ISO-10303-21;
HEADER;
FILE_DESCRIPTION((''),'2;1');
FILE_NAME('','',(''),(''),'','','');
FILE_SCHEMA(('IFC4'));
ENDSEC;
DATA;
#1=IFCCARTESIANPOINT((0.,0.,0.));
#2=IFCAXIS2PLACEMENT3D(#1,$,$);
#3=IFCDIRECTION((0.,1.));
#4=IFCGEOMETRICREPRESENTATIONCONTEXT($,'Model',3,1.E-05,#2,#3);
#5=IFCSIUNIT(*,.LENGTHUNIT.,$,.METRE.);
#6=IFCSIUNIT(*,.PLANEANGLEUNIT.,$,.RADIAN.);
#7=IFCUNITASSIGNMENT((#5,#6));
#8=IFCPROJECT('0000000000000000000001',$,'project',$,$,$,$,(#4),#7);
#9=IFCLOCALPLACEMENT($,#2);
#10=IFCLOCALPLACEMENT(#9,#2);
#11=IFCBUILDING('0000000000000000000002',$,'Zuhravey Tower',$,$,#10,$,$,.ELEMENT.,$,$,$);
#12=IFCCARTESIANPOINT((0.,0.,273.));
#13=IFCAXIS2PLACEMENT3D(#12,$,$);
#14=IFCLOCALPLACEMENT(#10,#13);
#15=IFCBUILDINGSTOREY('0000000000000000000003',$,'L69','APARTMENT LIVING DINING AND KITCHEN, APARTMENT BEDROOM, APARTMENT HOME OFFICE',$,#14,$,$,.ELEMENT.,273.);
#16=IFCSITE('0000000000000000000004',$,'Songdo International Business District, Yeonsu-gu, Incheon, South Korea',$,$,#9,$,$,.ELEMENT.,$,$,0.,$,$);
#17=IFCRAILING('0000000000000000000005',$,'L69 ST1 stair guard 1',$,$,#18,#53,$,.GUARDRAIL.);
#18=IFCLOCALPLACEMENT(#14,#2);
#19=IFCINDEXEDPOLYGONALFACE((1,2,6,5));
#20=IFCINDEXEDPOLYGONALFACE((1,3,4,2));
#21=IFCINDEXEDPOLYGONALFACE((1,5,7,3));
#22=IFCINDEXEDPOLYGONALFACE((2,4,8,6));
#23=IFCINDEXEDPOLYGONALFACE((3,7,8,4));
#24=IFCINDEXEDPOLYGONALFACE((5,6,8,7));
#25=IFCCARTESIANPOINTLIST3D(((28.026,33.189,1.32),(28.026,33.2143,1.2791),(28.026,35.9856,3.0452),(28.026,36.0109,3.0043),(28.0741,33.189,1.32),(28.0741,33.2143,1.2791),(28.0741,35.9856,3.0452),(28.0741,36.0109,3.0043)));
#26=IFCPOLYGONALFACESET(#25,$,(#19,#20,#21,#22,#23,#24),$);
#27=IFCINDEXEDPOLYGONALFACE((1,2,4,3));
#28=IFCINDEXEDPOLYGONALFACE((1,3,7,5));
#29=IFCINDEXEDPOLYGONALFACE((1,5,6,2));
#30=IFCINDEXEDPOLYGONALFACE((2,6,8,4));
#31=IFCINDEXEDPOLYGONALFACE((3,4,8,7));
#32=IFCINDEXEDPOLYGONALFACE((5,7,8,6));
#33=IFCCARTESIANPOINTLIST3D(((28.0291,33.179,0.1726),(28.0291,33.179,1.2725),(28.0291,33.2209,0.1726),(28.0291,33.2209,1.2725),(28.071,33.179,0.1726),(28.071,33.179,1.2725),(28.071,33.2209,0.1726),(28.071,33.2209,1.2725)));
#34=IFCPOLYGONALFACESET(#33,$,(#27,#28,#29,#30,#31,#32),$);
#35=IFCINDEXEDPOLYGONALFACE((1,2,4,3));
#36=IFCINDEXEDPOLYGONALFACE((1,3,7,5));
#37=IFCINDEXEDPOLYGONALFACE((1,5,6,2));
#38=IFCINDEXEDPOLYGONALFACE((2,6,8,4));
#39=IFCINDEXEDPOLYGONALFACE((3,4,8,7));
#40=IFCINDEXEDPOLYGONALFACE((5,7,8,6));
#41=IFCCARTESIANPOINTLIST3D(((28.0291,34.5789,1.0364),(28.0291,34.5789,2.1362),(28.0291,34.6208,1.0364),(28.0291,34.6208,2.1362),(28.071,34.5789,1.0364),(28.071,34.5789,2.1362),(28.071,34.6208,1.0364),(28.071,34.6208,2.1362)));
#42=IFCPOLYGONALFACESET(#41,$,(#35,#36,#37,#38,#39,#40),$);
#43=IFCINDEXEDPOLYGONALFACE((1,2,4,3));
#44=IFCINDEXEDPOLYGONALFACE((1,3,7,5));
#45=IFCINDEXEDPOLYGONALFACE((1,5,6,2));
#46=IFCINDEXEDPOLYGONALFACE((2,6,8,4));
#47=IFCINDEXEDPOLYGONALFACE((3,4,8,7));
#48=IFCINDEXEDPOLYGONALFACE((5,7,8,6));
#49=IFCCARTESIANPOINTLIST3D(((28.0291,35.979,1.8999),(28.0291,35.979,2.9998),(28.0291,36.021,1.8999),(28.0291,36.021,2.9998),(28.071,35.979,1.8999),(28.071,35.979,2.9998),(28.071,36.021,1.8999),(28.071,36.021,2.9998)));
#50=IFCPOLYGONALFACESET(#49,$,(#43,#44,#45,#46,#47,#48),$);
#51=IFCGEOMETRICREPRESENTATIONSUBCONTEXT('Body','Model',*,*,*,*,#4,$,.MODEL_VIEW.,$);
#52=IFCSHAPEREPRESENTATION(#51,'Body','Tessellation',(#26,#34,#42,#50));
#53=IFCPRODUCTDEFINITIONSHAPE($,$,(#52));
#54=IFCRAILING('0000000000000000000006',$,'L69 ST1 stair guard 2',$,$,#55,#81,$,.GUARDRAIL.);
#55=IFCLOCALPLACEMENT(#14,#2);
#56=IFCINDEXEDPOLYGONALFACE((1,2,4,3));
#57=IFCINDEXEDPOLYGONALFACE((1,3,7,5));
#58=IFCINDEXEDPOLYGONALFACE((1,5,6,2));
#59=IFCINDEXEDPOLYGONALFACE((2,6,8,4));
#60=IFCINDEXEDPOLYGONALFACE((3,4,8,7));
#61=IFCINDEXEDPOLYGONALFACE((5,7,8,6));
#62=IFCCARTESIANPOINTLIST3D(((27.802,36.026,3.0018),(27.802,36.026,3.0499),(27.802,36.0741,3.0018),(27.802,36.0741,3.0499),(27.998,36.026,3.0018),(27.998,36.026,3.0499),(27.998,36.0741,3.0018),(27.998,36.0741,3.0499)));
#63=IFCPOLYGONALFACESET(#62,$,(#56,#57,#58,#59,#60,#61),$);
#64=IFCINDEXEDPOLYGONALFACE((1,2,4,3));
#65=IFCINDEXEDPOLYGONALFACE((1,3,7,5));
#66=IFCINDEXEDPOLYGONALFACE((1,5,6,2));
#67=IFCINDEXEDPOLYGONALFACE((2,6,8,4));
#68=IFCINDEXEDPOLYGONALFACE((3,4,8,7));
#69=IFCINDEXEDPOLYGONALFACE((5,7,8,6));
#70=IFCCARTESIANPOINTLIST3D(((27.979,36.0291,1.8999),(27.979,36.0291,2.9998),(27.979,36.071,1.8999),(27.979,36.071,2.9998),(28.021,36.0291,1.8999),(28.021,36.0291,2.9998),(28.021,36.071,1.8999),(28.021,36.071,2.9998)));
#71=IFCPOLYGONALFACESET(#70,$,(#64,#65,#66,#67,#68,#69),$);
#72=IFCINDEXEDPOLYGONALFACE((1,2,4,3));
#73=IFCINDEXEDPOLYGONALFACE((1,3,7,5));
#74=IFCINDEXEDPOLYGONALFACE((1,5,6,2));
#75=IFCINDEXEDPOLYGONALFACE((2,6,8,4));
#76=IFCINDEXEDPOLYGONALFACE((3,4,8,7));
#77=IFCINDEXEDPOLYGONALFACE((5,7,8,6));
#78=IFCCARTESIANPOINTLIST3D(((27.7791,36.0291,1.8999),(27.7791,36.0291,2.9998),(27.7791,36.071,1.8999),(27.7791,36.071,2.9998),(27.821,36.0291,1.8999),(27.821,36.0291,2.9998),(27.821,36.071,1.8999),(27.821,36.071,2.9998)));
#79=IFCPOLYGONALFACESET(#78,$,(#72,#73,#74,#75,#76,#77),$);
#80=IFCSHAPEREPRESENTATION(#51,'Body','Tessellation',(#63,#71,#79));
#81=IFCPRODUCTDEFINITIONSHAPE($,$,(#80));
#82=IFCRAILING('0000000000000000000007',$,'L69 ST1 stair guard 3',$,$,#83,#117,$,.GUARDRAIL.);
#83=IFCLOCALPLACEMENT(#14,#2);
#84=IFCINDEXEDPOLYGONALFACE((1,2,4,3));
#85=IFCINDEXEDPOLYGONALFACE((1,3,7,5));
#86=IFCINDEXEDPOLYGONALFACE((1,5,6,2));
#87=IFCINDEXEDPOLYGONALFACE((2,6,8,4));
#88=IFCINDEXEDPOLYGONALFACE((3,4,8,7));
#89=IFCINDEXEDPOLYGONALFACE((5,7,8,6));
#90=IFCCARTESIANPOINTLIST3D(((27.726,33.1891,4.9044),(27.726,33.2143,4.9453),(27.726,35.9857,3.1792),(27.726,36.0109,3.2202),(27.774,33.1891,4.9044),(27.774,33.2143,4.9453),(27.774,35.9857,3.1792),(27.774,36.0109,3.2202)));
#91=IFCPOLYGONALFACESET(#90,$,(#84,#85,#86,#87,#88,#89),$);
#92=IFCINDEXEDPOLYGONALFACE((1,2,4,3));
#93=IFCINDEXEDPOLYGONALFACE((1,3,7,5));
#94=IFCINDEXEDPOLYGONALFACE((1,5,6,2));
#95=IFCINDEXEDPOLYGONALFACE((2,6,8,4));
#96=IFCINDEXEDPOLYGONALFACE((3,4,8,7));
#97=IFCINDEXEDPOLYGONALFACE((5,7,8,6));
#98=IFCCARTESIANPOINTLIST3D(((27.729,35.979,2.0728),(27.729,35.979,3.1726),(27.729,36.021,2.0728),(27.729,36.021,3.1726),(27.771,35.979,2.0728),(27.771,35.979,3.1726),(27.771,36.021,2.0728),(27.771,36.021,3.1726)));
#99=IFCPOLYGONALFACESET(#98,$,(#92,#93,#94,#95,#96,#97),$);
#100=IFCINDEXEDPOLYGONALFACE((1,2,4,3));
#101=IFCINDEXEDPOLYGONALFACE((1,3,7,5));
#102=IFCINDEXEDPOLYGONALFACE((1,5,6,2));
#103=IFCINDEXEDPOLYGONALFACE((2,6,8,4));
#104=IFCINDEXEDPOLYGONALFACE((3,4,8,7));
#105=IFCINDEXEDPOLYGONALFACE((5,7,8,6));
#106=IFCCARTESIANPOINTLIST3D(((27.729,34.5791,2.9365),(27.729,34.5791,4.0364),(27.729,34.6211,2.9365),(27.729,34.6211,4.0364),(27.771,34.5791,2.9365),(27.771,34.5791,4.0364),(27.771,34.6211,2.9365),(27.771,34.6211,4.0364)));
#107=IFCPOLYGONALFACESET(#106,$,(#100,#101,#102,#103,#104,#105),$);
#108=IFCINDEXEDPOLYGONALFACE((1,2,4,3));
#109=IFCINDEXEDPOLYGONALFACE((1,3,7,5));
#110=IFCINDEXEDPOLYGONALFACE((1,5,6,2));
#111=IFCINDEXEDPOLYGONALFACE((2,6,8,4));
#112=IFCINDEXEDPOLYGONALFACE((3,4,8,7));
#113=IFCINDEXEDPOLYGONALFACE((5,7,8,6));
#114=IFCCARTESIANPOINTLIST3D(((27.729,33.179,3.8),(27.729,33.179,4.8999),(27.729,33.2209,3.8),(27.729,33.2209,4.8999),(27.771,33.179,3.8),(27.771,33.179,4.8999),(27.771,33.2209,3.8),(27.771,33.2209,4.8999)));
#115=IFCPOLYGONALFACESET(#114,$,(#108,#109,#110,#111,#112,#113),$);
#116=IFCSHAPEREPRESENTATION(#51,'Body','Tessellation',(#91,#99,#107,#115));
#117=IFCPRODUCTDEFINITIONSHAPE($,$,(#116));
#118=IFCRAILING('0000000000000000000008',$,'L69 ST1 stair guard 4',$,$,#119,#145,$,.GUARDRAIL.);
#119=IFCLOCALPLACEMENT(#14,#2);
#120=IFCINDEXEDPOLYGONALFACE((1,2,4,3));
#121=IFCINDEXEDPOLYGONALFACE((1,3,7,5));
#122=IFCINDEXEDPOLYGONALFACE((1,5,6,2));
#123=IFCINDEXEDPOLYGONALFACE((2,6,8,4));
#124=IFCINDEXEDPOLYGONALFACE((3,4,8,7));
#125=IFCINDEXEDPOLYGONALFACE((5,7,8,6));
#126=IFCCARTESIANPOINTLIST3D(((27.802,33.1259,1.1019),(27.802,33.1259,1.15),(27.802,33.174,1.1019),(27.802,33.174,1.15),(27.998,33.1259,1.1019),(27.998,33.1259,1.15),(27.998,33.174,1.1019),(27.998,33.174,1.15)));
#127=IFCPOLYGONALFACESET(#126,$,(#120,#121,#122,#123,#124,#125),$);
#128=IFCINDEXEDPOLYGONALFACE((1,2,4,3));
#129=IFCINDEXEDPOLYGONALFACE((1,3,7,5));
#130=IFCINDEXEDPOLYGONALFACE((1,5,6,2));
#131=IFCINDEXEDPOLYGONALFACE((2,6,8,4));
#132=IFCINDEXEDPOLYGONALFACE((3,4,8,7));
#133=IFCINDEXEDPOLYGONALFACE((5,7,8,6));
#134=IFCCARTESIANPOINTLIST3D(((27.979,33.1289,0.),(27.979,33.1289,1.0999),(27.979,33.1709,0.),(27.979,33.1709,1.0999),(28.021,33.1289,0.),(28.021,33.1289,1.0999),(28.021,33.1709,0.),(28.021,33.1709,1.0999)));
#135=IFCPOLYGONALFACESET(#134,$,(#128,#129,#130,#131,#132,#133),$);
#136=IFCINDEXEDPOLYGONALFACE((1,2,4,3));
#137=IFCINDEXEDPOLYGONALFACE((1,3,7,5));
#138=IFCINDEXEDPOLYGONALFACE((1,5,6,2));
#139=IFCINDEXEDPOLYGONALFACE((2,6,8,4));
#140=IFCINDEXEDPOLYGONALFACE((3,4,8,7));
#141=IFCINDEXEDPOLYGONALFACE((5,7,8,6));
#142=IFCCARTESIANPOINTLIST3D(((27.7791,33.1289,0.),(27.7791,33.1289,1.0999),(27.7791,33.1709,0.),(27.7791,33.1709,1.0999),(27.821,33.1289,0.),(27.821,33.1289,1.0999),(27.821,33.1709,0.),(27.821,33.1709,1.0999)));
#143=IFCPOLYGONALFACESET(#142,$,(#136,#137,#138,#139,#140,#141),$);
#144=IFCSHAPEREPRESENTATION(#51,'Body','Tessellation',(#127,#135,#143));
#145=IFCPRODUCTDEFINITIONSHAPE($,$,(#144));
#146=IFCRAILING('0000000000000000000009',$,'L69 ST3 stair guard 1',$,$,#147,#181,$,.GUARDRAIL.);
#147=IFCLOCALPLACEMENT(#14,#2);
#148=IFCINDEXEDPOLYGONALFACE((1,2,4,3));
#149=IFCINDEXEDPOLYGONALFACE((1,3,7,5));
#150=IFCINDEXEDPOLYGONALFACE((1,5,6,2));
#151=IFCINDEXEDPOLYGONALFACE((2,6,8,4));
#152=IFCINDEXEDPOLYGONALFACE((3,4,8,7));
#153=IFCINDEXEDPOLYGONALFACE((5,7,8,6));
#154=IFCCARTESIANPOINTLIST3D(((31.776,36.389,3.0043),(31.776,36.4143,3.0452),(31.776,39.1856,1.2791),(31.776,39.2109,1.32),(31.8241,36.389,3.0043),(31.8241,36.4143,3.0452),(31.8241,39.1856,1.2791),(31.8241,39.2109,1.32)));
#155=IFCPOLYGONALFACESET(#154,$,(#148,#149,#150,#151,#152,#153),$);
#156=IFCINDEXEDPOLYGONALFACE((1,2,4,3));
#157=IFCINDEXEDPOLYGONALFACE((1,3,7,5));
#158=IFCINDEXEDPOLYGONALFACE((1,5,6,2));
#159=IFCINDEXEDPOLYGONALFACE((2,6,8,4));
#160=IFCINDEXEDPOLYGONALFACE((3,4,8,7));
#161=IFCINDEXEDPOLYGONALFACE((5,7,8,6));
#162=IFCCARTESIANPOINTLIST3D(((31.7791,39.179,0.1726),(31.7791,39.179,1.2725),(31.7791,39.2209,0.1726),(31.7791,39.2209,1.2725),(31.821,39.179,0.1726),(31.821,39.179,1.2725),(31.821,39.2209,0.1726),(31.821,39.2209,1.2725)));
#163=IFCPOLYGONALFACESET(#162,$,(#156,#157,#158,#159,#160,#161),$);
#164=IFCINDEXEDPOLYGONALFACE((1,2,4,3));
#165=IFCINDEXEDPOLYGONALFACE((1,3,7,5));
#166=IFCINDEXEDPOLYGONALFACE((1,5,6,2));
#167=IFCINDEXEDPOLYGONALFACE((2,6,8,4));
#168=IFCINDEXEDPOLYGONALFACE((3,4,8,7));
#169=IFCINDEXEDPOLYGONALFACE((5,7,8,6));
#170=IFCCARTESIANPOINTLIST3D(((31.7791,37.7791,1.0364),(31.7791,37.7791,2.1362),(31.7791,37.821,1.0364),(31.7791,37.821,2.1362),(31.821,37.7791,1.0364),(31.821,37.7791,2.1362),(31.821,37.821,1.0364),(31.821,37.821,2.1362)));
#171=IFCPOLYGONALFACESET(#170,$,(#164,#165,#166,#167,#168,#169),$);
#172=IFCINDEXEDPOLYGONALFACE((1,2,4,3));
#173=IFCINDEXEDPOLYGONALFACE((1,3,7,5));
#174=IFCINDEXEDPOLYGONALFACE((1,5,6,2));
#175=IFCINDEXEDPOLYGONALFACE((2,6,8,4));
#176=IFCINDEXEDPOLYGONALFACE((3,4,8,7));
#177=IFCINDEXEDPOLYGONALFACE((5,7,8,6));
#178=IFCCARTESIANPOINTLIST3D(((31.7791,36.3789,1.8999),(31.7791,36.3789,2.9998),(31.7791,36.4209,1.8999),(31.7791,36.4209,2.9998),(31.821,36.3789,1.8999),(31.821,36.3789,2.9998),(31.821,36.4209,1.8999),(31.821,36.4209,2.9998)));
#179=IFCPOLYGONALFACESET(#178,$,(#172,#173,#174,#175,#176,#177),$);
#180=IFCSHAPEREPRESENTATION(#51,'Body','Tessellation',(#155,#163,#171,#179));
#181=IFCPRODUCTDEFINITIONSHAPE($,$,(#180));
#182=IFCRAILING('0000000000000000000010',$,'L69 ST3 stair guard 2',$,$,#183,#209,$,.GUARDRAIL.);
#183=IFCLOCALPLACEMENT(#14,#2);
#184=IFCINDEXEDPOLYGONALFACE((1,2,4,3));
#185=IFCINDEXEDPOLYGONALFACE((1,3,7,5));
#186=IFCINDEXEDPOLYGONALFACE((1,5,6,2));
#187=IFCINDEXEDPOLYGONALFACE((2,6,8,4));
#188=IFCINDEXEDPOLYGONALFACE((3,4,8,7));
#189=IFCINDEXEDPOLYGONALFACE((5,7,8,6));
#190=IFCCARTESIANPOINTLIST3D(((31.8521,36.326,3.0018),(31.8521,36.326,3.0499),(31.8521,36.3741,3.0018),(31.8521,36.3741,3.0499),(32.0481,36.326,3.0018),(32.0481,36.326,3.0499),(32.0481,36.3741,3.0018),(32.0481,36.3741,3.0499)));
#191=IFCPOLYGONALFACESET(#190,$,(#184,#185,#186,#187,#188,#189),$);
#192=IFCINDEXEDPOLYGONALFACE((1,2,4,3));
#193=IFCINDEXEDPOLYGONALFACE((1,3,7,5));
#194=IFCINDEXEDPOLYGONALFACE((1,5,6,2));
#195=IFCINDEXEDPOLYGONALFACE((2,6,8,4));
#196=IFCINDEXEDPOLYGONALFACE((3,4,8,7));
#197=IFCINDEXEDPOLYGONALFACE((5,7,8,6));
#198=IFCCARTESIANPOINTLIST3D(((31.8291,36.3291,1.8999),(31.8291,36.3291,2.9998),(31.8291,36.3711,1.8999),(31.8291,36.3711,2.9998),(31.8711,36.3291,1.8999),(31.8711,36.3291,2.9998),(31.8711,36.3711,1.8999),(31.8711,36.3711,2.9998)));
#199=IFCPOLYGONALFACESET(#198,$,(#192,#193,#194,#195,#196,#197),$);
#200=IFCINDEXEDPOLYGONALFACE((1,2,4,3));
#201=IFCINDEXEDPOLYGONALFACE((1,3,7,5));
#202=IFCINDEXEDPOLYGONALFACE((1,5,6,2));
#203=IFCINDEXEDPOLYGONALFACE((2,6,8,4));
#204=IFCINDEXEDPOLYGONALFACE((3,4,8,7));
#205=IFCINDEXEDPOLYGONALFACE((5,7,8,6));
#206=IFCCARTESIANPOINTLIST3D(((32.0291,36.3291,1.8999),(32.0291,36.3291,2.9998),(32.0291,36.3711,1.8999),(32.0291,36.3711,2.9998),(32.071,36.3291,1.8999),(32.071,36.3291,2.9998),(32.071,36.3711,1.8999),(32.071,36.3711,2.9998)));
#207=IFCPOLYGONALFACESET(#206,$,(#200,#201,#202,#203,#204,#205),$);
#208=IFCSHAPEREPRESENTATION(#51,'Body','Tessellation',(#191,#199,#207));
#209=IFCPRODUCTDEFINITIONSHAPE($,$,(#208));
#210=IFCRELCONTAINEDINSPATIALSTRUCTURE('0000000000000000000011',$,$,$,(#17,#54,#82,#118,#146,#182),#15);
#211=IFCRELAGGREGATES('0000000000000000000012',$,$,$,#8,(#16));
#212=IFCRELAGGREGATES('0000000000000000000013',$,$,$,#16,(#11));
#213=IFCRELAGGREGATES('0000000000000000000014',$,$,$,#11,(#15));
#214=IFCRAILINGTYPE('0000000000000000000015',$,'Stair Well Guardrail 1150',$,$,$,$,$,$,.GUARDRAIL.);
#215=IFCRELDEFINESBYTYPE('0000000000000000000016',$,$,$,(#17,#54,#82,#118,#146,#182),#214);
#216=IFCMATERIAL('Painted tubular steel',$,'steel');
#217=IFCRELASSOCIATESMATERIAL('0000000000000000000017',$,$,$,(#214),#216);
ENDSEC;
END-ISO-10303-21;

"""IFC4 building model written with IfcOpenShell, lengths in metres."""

from ifc_helpers import new_model, si_unit, direction, frame, origin, origin_2d, place, context, subcontext, project, spatial, rectangle, extrude, material, type_object, element, save


model = new_model("IFC4")

# Units and contexts
model_context = context("Model", 3, precision=1e-05, world=origin(), true_north=direction((0.0, 1.0)))
body_context = subcontext(model_context, "Body", "Model", "MODEL_VIEW")
ifc_project = project(units=[si_unit("LENGTHUNIT", "METRE"), si_unit("PLANEANGLEUNIT", "RADIAN")], contexts=[model_context])

# Site, building, storey
site_placement = place(None, origin())
site = spatial("IfcSite", under=ifc_project, at=site_placement, Name="Songdo International Business District, Yeonsu-gu, Incheon, South Korea", CompositionType="ELEMENT", RefElevation=0.0)
building_placement = place(site_placement, origin())
building = spatial("IfcBuilding", under=site, at=building_placement, Name="Zuhravey Tower", CompositionType="ELEMENT")
storey_placement = place(building_placement, frame((0.0, 0.0, 273.0)))
storey = spatial("IfcBuildingStorey", under=building, at=storey_placement, Name="L69", Description="APARTMENT LIVING DINING AND KITCHEN, APARTMENT BEDROOM, APARTMENT HOME OFFICE", CompositionType="ELEMENT", Elevation=273.0)

# Railings
ifc_material_1 = material(Name="Painted tubular steel", Category="steel")
railing_type_1 = type_object("IfcRailingType", Name="Stair Well Guardrail 1150", PredefinedType="GUARDRAIL", material=ifc_material_1)
railing_1_placement = place(storey_placement, frame((28.05, 33.2, 0.1726)))
element("IfcRailing", 1, at=railing_1_placement, inside=storey, type_object=railing_type_1, Name="L69 ST1 stair guard 1", PredefinedType="GUARDRAIL", context=body_context, shape_type="SweptSolid", body=[
    extrude(rectangle(XDim=0.0481, YDim=0.0481, at=origin_2d()), frame((0.0, 0.0017, 1.127), z_axis=(0.0, 0.85109, 0.52502), x_axis=(-1.0, 0.0, 0.0)), (0.0, 0.0, 1.0), 3.2859),
    extrude(rectangle(XDim=0.042, YDim=0.042, at=origin_2d()), origin(), (0.0, 0.0, 1.0), 1.0999),
    extrude(rectangle(XDim=0.042, YDim=0.042, at=origin_2d()), frame((0.0, 1.3999, 0.8638)), (0.0, 0.0, 1.0), 1.0999),
    extrude(rectangle(XDim=0.042, YDim=0.042, at=origin_2d()), frame((0.0, 2.8, 1.7273)), (0.0, 0.0, 1.0), 1.0999),
])
railing_2_placement = place(storey_placement, frame((28.0, 36.05, 1.8999)))
element("IfcRailing", 2, at=railing_2_placement, inside=storey, type_object=railing_type_1, Name="L69 ST1 stair guard 2", PredefinedType="GUARDRAIL", context=body_context, shape_type="SweptSolid", body=[
    extrude(rectangle(XDim=0.0481, YDim=0.0481, at=origin_2d()), frame((-0.002, 0.0, 1.126), z_axis=(-1.0, 0.0, 0.0), x_axis=(0.0, -1.0, 0.0)), (0.0, 0.0, 1.0), 0.196),
    extrude(rectangle(XDim=0.042, YDim=0.042, at=origin_2d()), origin(), (0.0, 0.0, 1.0), 1.0999),
    extrude(rectangle(XDim=0.042, YDim=0.042, at=origin_2d()), frame((-0.2, 0.0, 0.0)), (0.0, 0.0, 1.0), 1.0999),
])
railing_3_placement = place(storey_placement, frame((27.75, 36.0, 2.0728)))
element("IfcRailing", 3, at=railing_3_placement, inside=storey, type_object=railing_type_1, Name="L69 ST1 stair guard 3", PredefinedType="GUARDRAIL", context=body_context, shape_type="SweptSolid", body=[
    extrude(rectangle(XDim=0.0481, YDim=0.0481, at=origin_2d()), frame((0.0, -0.0017, 1.127), z_axis=(0.0, -0.85109, 0.52502), x_axis=(1.0, 0.0, 0.0)), (0.0, 0.0, 1.0), 3.2859),
    extrude(rectangle(XDim=0.042, YDim=0.042, at=origin_2d()), origin(), (0.0, 0.0, 1.0), 1.0999),
    extrude(rectangle(XDim=0.042, YDim=0.042, at=origin_2d()), frame((0.0, -1.3999, 0.8638)), (0.0, 0.0, 1.0), 1.0999),
    extrude(rectangle(XDim=0.042, YDim=0.042, at=origin_2d()), frame((0.0, -2.8, 1.7273)), (0.0, 0.0, 1.0), 1.0999),
])
railing_4_placement = place(storey_placement, frame((28.0, 33.1499, 0.0)))
element("IfcRailing", 4, at=railing_4_placement, inside=storey, type_object=railing_type_1, Name="L69 ST1 stair guard 4", PredefinedType="GUARDRAIL", context=body_context, shape_type="SweptSolid", body=[
    extrude(rectangle(XDim=0.0481, YDim=0.0481, at=origin_2d()), frame((-0.002, 0.0, 1.126), z_axis=(-1.0, 0.0, 0.0), x_axis=(0.0, -1.0, 0.0)), (0.0, 0.0, 1.0), 0.196),
    extrude(rectangle(XDim=0.042, YDim=0.042, at=origin_2d()), origin(), (0.0, 0.0, 1.0), 1.0999),
    extrude(rectangle(XDim=0.042, YDim=0.042, at=origin_2d()), frame((-0.2, 0.0, 0.0)), (0.0, 0.0, 1.0), 1.0999),
])
railing_5_placement = place(storey_placement, frame((31.8, 39.2, 0.1726)))
element("IfcRailing", 5, at=railing_5_placement, inside=storey, type_object=railing_type_1, Name="L69 ST3 stair guard 1", PredefinedType="GUARDRAIL", context=body_context, shape_type="SweptSolid", body=[
    extrude(rectangle(XDim=0.0481, YDim=0.0481, at=origin_2d()), frame((0.0, -0.0017, 1.127), z_axis=(0.0, -0.85109, 0.52502), x_axis=(1.0, 0.0, 0.0)), (0.0, 0.0, 1.0), 3.2859),
    extrude(rectangle(XDim=0.042, YDim=0.042, at=origin_2d()), origin(), (0.0, 0.0, 1.0), 1.0999),
    extrude(rectangle(XDim=0.042, YDim=0.042, at=origin_2d()), frame((0.0, -1.3999, 0.8638)), (0.0, 0.0, 1.0), 1.0999),
    extrude(rectangle(XDim=0.042, YDim=0.042, at=origin_2d()), frame((0.0, -2.8, 1.7273)), (0.0, 0.0, 1.0), 1.0999),
])
railing_6_placement = place(storey_placement, frame((31.8501, 36.3501, 1.8999)))
element("IfcRailing", 6, at=railing_6_placement, inside=storey, type_object=railing_type_1, Name="L69 ST3 stair guard 2", PredefinedType="GUARDRAIL", context=body_context, shape_type="SweptSolid", body=[
    extrude(rectangle(XDim=0.0481, YDim=0.0481, at=origin_2d()), frame((0.002, 0.0, 1.126), z_axis=(1.0, 0.0, 0.0), x_axis=(0.0, 1.0, 0.0)), (0.0, 0.0, 1.0), 0.196),
    extrude(rectangle(XDim=0.042, YDim=0.042, at=origin_2d()), origin(), (0.0, 0.0, 1.0), 1.0999),
    extrude(rectangle(XDim=0.042, YDim=0.042, at=origin_2d()), frame((0.2, 0.0, 0.0)), (0.0, 0.0, 1.0), 1.0999),
])

save(model, "model.ifc")
